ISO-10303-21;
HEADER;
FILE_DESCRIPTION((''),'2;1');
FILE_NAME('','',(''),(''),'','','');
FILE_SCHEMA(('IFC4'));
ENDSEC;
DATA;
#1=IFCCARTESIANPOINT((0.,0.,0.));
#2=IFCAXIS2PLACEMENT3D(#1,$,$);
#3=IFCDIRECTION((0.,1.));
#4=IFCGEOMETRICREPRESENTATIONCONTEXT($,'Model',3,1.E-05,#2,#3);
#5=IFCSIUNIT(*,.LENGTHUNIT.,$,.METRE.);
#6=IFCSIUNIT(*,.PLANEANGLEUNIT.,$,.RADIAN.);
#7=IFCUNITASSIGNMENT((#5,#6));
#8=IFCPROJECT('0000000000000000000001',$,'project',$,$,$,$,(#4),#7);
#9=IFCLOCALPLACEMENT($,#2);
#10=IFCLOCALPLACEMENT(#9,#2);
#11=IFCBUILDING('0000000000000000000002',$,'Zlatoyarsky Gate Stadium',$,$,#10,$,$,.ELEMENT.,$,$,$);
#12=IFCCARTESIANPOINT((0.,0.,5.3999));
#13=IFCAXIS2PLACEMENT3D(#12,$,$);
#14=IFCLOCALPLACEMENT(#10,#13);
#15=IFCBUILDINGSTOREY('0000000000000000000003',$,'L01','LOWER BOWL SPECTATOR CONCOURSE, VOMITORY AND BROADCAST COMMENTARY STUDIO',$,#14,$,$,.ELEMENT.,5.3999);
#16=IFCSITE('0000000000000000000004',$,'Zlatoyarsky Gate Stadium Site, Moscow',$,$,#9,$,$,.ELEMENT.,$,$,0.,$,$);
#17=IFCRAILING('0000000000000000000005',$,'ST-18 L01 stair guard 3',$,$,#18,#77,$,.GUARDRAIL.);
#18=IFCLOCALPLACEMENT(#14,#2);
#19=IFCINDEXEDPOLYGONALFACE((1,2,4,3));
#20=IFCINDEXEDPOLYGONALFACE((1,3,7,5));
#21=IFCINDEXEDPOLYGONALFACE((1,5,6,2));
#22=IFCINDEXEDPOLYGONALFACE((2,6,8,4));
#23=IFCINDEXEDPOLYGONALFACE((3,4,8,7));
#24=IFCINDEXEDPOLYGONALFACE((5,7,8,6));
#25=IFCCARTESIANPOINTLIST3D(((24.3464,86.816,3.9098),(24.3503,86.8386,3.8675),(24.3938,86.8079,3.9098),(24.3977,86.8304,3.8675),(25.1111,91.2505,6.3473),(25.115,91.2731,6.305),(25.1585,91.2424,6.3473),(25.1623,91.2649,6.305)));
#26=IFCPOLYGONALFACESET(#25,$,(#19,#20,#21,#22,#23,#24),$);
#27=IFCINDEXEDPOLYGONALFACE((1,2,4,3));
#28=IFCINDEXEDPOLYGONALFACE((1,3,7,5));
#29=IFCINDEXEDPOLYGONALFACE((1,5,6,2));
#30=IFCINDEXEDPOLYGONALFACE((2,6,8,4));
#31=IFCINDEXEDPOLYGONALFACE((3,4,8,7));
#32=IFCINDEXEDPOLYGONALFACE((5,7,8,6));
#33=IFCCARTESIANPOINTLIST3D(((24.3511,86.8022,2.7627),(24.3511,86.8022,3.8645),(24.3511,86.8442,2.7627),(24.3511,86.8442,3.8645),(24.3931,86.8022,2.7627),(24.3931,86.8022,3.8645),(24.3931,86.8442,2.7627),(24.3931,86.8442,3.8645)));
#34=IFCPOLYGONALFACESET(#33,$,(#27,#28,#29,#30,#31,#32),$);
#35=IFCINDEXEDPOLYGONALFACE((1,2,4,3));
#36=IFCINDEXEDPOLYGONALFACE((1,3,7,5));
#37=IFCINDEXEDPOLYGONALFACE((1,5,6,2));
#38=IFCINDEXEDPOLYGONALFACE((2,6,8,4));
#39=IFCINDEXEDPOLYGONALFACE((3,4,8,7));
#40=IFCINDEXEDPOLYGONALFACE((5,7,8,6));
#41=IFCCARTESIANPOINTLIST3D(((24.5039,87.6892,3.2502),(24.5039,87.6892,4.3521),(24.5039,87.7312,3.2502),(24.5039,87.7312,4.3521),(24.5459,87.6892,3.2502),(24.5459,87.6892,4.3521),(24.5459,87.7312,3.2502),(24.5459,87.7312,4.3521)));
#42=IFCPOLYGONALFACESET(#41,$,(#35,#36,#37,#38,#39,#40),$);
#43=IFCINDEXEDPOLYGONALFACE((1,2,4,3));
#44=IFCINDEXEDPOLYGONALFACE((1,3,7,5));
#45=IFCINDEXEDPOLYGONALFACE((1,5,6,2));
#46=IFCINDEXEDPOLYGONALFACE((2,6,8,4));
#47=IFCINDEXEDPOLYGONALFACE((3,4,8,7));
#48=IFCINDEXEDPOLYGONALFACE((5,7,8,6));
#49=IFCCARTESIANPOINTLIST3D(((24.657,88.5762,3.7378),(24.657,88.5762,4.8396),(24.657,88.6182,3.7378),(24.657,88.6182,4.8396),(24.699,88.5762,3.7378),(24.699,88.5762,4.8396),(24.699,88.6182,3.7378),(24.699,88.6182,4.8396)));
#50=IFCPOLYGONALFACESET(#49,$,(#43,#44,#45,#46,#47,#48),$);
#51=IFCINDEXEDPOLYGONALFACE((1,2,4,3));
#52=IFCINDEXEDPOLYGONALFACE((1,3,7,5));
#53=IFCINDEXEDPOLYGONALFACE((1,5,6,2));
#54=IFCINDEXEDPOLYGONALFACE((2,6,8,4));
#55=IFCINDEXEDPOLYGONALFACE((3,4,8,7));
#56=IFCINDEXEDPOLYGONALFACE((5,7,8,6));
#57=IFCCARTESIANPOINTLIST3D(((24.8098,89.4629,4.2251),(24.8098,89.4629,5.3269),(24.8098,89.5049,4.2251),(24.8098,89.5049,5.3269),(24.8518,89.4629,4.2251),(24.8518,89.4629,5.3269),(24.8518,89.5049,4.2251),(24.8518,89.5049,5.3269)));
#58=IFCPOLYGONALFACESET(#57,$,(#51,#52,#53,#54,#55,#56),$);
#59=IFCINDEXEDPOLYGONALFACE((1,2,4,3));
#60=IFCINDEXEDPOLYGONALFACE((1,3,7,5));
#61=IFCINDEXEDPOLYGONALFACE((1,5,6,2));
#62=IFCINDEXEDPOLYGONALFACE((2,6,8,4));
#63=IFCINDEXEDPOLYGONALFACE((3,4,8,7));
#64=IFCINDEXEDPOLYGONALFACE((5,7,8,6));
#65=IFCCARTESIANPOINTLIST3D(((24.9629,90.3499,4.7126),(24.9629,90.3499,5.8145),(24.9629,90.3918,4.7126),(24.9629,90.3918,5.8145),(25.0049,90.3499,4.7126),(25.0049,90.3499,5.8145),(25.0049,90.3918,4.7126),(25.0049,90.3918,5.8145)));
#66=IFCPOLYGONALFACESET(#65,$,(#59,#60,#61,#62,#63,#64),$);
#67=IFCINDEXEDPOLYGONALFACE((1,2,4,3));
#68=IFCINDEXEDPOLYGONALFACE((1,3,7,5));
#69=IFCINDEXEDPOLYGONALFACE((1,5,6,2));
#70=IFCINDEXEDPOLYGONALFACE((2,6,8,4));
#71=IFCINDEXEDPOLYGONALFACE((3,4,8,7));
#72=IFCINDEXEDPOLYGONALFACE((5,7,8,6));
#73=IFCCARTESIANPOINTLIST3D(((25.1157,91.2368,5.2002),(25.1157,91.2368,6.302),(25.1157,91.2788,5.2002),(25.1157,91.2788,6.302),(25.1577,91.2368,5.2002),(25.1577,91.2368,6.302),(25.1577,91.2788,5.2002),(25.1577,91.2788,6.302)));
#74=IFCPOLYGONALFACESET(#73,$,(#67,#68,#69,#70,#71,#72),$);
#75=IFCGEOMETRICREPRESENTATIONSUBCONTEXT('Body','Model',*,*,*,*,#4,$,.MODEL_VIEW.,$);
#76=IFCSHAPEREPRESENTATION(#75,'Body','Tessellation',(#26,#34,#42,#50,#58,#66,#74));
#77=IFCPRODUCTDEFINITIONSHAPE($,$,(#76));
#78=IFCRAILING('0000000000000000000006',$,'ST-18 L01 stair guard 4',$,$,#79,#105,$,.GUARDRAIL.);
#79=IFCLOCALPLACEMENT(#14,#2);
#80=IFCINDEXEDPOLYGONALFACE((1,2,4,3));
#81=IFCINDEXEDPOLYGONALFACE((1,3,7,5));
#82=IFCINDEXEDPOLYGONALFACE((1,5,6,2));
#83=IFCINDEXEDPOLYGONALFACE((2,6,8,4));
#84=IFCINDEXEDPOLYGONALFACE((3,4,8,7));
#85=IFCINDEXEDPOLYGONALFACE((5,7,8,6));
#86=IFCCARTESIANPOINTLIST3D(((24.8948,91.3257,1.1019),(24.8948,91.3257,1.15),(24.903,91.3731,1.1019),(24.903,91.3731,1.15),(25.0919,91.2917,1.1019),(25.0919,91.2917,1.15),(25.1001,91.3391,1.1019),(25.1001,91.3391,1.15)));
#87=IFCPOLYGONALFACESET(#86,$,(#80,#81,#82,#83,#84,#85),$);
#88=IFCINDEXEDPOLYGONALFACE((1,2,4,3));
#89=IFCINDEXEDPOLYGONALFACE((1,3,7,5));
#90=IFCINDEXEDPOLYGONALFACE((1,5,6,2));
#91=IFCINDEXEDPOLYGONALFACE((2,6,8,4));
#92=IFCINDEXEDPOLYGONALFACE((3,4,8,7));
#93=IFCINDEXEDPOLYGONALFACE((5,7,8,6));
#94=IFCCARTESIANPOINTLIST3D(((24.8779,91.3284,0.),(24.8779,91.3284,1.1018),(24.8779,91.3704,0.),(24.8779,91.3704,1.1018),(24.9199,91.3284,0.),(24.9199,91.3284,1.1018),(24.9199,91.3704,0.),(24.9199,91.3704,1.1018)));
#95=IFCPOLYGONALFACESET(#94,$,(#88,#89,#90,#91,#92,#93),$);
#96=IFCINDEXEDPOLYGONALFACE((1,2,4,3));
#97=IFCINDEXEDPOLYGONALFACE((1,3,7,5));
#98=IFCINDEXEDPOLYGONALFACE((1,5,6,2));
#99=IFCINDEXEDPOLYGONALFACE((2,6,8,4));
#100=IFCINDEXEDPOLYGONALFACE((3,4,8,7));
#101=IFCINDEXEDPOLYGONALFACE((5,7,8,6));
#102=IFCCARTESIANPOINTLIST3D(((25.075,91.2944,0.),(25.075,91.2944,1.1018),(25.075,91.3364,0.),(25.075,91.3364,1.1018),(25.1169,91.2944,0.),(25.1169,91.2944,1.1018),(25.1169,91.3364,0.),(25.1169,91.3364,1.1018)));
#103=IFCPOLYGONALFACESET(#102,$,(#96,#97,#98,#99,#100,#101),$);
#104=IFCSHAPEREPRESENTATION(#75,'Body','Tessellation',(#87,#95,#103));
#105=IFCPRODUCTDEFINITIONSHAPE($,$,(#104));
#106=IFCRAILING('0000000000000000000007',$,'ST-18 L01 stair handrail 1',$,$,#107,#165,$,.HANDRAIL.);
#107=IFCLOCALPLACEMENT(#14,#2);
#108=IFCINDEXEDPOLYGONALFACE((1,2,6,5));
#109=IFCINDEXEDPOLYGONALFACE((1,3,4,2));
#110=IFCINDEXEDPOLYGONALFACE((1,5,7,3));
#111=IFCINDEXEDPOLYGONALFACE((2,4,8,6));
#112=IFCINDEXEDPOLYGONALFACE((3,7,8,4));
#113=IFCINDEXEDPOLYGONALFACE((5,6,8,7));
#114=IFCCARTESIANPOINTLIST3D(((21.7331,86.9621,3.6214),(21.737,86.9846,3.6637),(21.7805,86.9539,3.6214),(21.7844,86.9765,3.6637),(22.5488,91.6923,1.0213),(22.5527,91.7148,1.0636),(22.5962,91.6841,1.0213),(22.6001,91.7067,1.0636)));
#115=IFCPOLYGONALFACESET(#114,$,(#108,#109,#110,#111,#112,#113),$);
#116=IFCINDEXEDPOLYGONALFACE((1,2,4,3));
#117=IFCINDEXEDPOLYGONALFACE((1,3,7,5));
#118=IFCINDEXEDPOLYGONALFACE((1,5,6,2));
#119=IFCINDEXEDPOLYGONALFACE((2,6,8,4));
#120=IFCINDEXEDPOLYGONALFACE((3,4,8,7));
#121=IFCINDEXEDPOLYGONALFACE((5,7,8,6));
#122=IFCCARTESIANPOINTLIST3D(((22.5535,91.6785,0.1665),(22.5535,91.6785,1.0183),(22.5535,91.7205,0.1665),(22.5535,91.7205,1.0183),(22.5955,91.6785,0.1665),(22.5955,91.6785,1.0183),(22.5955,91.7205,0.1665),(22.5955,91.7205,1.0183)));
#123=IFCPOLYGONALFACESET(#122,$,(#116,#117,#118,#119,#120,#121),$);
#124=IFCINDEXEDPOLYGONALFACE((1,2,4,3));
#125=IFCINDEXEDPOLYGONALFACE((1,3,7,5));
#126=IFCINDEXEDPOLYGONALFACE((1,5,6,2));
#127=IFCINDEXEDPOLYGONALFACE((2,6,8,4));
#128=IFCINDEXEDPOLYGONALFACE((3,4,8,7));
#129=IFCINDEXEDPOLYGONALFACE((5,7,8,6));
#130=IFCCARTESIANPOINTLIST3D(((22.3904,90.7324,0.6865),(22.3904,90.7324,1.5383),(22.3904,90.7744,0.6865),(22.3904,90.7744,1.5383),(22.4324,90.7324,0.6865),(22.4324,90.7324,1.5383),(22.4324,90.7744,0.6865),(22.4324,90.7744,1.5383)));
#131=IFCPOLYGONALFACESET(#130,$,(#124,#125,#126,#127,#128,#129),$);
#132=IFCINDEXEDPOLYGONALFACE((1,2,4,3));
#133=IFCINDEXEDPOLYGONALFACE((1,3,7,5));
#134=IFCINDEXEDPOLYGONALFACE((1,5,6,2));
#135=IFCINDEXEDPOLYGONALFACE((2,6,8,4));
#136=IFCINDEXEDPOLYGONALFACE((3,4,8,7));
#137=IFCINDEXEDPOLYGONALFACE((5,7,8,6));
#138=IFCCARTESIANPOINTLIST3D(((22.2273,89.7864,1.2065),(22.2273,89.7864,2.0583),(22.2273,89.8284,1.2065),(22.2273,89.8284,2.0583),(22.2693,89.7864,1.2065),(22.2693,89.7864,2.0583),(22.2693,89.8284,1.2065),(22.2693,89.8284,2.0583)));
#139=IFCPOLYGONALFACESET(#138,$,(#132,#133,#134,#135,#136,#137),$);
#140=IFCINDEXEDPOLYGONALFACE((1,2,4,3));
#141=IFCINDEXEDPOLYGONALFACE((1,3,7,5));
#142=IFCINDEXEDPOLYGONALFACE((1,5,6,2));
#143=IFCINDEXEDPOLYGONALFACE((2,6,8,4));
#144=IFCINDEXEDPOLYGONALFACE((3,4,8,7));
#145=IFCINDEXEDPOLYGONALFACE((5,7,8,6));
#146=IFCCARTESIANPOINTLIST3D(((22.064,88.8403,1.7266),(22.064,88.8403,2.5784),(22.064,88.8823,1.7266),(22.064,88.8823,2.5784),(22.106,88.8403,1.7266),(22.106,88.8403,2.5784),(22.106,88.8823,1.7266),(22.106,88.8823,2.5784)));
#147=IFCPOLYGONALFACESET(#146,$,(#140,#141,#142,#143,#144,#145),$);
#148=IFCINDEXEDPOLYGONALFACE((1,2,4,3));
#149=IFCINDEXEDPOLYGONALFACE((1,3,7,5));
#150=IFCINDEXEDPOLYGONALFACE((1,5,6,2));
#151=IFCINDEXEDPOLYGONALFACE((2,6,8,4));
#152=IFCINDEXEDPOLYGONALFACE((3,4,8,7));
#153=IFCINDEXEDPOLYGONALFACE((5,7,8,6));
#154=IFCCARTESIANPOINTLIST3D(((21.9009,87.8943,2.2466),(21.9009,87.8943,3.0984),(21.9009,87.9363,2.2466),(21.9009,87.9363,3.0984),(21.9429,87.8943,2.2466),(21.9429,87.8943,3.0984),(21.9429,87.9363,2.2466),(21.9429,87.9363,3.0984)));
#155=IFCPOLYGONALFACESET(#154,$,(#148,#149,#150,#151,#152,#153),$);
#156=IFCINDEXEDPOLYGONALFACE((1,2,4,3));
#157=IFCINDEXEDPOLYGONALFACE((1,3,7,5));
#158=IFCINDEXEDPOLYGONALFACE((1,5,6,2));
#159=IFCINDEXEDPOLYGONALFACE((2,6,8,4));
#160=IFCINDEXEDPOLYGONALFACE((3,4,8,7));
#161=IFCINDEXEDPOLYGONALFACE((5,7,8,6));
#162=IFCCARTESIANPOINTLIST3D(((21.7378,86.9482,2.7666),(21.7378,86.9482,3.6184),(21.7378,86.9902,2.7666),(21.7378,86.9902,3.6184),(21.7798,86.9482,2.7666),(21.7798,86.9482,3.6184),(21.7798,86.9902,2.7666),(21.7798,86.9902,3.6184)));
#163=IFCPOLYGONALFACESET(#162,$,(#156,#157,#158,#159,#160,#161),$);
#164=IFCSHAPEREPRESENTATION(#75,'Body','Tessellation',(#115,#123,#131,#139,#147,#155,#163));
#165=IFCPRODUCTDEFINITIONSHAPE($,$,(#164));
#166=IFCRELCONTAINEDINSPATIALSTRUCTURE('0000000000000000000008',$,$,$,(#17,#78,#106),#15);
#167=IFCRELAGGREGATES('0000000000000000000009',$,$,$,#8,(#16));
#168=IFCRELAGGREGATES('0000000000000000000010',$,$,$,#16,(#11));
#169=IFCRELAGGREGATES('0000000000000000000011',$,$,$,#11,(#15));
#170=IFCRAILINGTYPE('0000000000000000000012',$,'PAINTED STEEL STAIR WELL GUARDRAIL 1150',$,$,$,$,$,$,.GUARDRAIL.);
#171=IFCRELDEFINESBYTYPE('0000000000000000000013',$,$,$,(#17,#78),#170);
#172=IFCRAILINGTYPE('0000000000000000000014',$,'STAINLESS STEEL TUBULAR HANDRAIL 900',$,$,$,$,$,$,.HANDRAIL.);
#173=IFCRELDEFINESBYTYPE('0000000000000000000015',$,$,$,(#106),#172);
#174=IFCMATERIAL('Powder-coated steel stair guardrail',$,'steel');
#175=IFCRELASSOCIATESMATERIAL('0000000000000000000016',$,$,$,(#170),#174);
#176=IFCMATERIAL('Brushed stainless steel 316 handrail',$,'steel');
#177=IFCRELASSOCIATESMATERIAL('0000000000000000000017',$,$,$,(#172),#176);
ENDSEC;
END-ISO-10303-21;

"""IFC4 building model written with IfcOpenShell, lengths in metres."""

from ifc_helpers import new_model, si_unit, direction, frame, origin, origin_2d, place, context, subcontext, project, spatial, rectangle, extrude, material, type_object, element, save


model = new_model("IFC4")

# Units and contexts
model_context = context("Model", 3, precision=1e-05, world=origin(), true_north=direction((0.0, 1.0)))
body_context = subcontext(model_context, "Body", "Model", "MODEL_VIEW")
ifc_project = project(units=[si_unit("LENGTHUNIT", "METRE"), si_unit("PLANEANGLEUNIT", "RADIAN")], contexts=[model_context])

# Site, building, storey
site_placement = place(None, origin())
site = spatial("IfcSite", under=ifc_project, at=site_placement, Name="Zlatoyarsky Gate Stadium Site, Moscow", CompositionType="ELEMENT", RefElevation=0.0)
building_placement = place(site_placement, origin())
building = spatial("IfcBuilding", under=site, at=building_placement, Name="Zlatoyarsky Gate Stadium", CompositionType="ELEMENT")
storey_placement = place(building_placement, frame((0.0, 0.0, 5.3999)))
storey = spatial("IfcBuildingStorey", under=building, at=storey_placement, Name="L01", Description="LOWER BOWL SPECTATOR CONCOURSE, VOMITORY AND BROADCAST COMMENTARY STUDIO", CompositionType="ELEMENT", Elevation=5.3999)

# Railings
ifc_material_1 = material(Name="Powder-coated steel stair guardrail", Category="steel")
railing_type_1 = type_object("IfcRailingType", Name="PAINTED STEEL STAIR WELL GUARDRAIL 1150", PredefinedType="GUARDRAIL", material=ifc_material_1)
railing_1_placement = place(storey_placement, frame((24.3721, 86.8232, 2.7627)))
element("IfcRailing", 1, at=railing_1_placement, inside=storey, type_object=railing_type_1, Name="ST-18 L01 stair guard 3", PredefinedType="GUARDRAIL", context=body_context, shape_type="SweptSolid", body=[
    extrude(rectangle(XDim=0.0481, YDim=0.0481, at=origin_2d()), frame((0.0, 0.0, 1.126), z_axis=(0.149411, 0.866505, 0.476282), x_axis=(-0.985458, 0.169921, 0.0)), (0.0, 0.0, 1.0), 5.1177),
    extrude(rectangle(XDim=0.042, YDim=0.042, at=origin_2d()), origin(), (0.0, 0.0, 1.0), 1.1018),
    extrude(rectangle(XDim=0.042, YDim=0.042, at=origin_2d()), frame((0.1528, 0.887, 0.4875)), (0.0, 0.0, 1.0), 1.1018),
    extrude(rectangle(XDim=0.042, YDim=0.042, at=origin_2d()), frame((0.3059, 1.7739, 0.9751)), (0.0, 0.0, 1.0), 1.1018),
    extrude(rectangle(XDim=0.042, YDim=0.042, at=origin_2d()), frame((0.4587, 2.6606, 1.4624)), (0.0, 0.0, 1.0), 1.1018),
    extrude(rectangle(XDim=0.042, YDim=0.042, at=origin_2d()), frame((0.6118, 3.5476, 1.95)), (0.0, 0.0, 1.0), 1.1018),
    extrude(rectangle(XDim=0.042, YDim=0.042, at=origin_2d()), frame((0.7646, 4.4346, 2.4375)), (0.0, 0.0, 1.0), 1.1018),
])
railing_2_placement = place(storey_placement, frame((24.8989, 91.3494, 0.0)))
element("IfcRailing", 2, at=railing_2_placement, inside=storey, type_object=railing_type_1, Name="ST-18 L01 stair guard 4", PredefinedType="GUARDRAIL", context=body_context, shape_type="SweptSolid", body=[
    extrude(rectangle(XDim=0.0481, YDim=0.0481, at=origin_2d()), frame((0.0, 0.0, 1.126), z_axis=(0.985488, -0.169743, 0.0), x_axis=(0.169743, 0.985488, 0.0)), (0.0, 0.0, 1.0), 0.2),
    extrude(rectangle(XDim=0.042, YDim=0.042, at=origin_2d()), origin(), (0.0, 0.0, 1.0), 1.1018),
    extrude(rectangle(XDim=0.042, YDim=0.042, at=origin_2d()), frame((0.197, -0.0339, 0.0)), (0.0, 0.0, 1.0), 1.1018),
])
ifc_material_2 = material(Name="Brushed stainless steel 316 handrail", Category="steel")
railing_type_2 = type_object("IfcRailingType", Name="STAINLESS STEEL TUBULAR HANDRAIL 900", PredefinedType="HANDRAIL", material=ifc_material_2)
railing_3_placement = place(storey_placement, frame((22.5745, 91.6995, 0.1665)))
element("IfcRailing", 3, at=railing_3_placement, inside=storey, type_object=railing_type_2, Name="ST-18 L01 stair handrail 1", PredefinedType="HANDRAIL", context=body_context, shape_type="SweptSolid", body=[
    extrude(rectangle(XDim=0.0481, YDim=0.0481, at=origin_2d()), frame((0.0, 0.0, 0.876), z_axis=(-0.149418, -0.866498, 0.476294), x_axis=(0.985456, -0.169931, 0.0)), (0.0, 0.0, 1.0), 5.459),
    extrude(rectangle(XDim=0.042, YDim=0.042, at=origin_2d()), origin(), (0.0, 0.0, 1.0), 0.8518),
    extrude(rectangle(XDim=0.042, YDim=0.042, at=origin_2d()), frame((-0.1631, -0.946, 0.52)), (0.0, 0.0, 1.0), 0.8518),
    extrude(rectangle(XDim=0.042, YDim=0.042, at=origin_2d()), frame((-0.3262, -1.8921, 1.04)), (0.0, 0.0, 1.0), 0.8518),
    extrude(rectangle(XDim=0.042, YDim=0.042, at=origin_2d()), frame((-0.4895, -2.8381, 1.5601)), (0.0, 0.0, 1.0), 0.8518),
    extrude(rectangle(XDim=0.042, YDim=0.042, at=origin_2d()), frame((-0.6526, -3.7842, 2.0801)), (0.0, 0.0, 1.0), 0.8518),
    extrude(rectangle(XDim=0.042, YDim=0.042, at=origin_2d()), frame((-0.8157, -4.7302, 2.6001)), (0.0, 0.0, 1.0), 0.8518),
])

save(model, "model.ifc")
